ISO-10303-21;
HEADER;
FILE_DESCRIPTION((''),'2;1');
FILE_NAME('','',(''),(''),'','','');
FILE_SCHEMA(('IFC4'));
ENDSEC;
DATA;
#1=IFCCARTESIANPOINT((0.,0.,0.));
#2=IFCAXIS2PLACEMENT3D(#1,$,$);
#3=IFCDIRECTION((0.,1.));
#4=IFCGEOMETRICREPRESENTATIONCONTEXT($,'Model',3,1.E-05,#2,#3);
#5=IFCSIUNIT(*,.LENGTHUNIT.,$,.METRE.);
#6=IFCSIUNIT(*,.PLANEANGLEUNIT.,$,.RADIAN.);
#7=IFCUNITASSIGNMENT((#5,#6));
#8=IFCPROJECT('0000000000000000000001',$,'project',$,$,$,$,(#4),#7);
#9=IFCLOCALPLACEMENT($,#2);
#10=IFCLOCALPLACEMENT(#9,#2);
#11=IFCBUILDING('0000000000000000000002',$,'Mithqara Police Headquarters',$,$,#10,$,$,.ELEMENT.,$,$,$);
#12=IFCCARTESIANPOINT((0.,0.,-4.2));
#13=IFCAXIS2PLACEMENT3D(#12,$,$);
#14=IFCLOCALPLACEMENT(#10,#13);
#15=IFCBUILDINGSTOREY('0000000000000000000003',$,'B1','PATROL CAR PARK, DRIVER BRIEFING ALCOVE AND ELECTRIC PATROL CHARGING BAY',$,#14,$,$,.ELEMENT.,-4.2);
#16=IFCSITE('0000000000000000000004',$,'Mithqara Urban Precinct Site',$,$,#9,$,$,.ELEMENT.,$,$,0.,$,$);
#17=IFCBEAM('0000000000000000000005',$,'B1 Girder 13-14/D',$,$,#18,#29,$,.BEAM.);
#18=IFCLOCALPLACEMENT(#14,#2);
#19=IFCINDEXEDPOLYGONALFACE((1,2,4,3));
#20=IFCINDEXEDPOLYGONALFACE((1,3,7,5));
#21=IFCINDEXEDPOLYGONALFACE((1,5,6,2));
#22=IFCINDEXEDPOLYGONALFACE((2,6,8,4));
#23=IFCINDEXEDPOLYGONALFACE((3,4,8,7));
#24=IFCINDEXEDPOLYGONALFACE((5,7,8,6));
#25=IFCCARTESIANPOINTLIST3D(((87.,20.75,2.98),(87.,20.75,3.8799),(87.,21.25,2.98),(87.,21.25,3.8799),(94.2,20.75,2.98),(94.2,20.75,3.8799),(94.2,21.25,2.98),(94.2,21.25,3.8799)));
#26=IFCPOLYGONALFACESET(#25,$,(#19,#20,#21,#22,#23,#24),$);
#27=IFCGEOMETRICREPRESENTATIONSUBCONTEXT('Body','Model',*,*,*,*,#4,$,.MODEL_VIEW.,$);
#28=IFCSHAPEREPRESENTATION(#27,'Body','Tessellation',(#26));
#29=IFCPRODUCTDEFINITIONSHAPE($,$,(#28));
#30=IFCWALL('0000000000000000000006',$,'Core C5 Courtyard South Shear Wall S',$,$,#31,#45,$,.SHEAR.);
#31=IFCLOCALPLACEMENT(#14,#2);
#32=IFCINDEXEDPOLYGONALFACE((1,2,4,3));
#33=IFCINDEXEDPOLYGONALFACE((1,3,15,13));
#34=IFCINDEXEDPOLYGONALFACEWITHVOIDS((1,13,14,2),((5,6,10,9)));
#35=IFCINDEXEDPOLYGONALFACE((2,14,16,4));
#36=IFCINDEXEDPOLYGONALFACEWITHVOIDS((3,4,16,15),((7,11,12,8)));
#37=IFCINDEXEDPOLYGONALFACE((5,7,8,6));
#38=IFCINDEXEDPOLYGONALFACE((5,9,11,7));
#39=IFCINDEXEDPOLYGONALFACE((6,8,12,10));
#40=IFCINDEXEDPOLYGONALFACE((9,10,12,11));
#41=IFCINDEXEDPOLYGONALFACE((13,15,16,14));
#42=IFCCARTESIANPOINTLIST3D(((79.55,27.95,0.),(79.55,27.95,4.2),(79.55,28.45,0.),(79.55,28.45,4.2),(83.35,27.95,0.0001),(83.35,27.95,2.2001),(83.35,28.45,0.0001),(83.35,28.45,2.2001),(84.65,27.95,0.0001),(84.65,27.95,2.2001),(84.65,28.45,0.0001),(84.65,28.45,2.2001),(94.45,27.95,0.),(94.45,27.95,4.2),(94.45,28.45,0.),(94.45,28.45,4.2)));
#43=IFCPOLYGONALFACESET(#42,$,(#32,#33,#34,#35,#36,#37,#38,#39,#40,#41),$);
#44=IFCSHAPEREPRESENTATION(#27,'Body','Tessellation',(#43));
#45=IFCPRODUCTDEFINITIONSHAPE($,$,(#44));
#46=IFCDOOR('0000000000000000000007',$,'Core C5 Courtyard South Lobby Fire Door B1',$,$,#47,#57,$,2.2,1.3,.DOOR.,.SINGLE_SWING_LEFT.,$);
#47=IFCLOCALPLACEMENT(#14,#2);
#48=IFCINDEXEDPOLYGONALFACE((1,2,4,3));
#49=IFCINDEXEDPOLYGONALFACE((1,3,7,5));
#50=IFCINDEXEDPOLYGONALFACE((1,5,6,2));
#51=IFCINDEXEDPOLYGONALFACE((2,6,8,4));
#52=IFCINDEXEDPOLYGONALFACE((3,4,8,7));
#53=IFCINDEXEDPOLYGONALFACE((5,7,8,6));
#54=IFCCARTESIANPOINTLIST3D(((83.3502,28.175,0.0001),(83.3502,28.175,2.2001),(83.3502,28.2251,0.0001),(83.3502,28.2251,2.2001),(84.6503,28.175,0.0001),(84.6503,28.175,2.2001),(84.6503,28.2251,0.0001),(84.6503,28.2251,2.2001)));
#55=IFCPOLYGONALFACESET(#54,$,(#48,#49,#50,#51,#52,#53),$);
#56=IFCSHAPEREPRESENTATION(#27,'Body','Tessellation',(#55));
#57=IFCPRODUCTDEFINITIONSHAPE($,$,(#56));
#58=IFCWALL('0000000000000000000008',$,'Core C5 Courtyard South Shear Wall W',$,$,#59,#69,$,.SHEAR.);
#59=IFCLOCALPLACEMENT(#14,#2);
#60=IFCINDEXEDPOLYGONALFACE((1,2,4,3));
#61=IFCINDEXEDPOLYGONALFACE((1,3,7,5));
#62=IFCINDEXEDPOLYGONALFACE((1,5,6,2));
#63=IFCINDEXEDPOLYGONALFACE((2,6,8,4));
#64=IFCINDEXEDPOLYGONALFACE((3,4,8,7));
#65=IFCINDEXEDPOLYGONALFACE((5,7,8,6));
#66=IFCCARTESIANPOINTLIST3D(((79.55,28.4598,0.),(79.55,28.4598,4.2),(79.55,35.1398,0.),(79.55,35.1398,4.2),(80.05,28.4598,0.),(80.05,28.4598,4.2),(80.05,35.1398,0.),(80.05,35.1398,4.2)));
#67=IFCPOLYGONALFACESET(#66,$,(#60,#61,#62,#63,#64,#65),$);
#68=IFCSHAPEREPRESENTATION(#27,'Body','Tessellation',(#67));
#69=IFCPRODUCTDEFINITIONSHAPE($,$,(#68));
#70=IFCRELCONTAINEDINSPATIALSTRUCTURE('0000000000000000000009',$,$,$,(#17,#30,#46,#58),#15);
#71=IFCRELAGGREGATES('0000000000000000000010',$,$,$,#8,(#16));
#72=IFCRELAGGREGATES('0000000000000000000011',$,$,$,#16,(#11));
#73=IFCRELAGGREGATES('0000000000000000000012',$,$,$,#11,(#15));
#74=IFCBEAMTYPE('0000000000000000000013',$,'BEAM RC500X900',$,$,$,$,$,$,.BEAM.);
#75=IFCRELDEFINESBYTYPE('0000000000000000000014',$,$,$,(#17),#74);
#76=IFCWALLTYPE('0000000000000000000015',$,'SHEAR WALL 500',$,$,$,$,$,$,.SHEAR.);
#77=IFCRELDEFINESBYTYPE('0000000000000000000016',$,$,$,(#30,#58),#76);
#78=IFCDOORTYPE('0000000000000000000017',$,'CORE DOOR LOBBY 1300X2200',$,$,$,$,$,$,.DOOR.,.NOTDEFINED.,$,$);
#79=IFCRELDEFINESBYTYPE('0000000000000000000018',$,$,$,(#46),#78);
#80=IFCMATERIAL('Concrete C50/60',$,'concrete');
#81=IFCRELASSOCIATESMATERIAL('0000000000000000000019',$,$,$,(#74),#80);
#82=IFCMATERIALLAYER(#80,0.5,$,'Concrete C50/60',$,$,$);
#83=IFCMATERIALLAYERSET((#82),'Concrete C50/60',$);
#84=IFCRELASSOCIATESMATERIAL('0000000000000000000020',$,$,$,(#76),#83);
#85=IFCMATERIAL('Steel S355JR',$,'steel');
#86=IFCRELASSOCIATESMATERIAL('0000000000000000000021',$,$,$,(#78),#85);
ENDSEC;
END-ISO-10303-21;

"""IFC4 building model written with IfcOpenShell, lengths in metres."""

from ifc_helpers import new_model, si_unit, direction, frame, frame_2d, origin, origin_2d, place, context, subcontext, project, spatial, rectangle, extrude, material, layer, layer_set, material_profile, profile_set, type_object, element, fill, save


model = new_model("IFC4")

# Units and contexts
model_context = context("Model", 3, precision=1e-05, world=origin(), true_north=direction((0.0, 1.0)))
body_context = subcontext(model_context, "Body", "Model", "MODEL_VIEW")
ifc_project = project(units=[si_unit("LENGTHUNIT", "METRE"), si_unit("PLANEANGLEUNIT", "RADIAN")], contexts=[model_context])

# Site, building, storey
site_placement = place(None, origin())
site = spatial("IfcSite", under=ifc_project, at=site_placement, Name="Mithqara Urban Precinct Site", CompositionType="ELEMENT", RefElevation=0.0)
building_placement = place(site_placement, origin())
building = spatial("IfcBuilding", under=site, at=building_placement, Name="Mithqara Police Headquarters", CompositionType="ELEMENT")
storey_placement = place(building_placement, frame((0.0, 0.0, -4.2)))
storey = spatial("IfcBuildingStorey", under=building, at=storey_placement, Name="B1", Description="PATROL CAR PARK, DRIVER BRIEFING ALCOVE AND ELECTRIC PATROL CHARGING BAY", CompositionType="ELEMENT", Elevation=-4.2)

# Shared definitions
ifc_material_1 = material(Name="Concrete C50/60", Category="concrete")

# Beam
ifc_material_2 = material(Name="Steel S355JR", Category="steel")
ifc_material_profile_1 = material_profile(ifc_material_1, rectangle(XDim=0.5, YDim=0.8999, at=origin_2d()), Name="RC 500x900")
ifc_profile_set_1 = profile_set([ifc_material_profile_1], Name="Concrete C50/60")
beam_type_1 = type_object("IfcBeamType", Name="BEAM RC500X900", PredefinedType="BEAM", material=ifc_profile_set_1)
beam_1_placement = place(storey_placement, frame((87.0, 21.0, 3.4299), z_axis=(1.0, 0.0, 0.0), x_axis=(0.0, 1.0, 0.0)))
element("IfcBeam", 1, at=beam_1_placement, inside=storey, type_object=beam_type_1, Name="B1 Girder 13-14/D", PredefinedType="BEAM", context=body_context, shape_type="SweptSolid", body=[
    extrude(rectangle(XDim=0.5, YDim=0.8999, at=origin_2d()), origin(), (0.0, 0.0, 1.0), 7.2),
])

# Wall, opening, door
ifc_layer = layer(ifc_material_1, 0.5, Name="Concrete C50/60")
ifc_layer_set = layer_set([ifc_layer], Name="Concrete C50/60")
wall_type = type_object("IfcWallType", Name="SHEAR WALL 500", PredefinedType="SHEAR", material=ifc_layer_set)
wall_1_placement = place(storey_placement, frame((79.55, 28.2, 0.0), z_axis=(0.0, 0.0, 1.0), x_axis=(1.0, 0.0, 0.0)))
wall_1 = element("IfcWall", 2, at=wall_1_placement, inside=storey, type_object=wall_type, Name="Core C5 Courtyard South Shear Wall S", PredefinedType="SHEAR", context=body_context, shape_type="SweptSolid", body=[
    extrude(rectangle(XDim=14.8999, YDim=0.5, at=frame_2d((7.45, 0.0))), origin(), (0.0, 0.0, 1.0), 4.2),
])
opening_1_placement = place(wall_1_placement, frame((3.8, 0.0, 0.0)))
opening_1 = element("IfcOpeningElement", 3, at=opening_1_placement, cuts=wall_1, PredefinedType="OPENING", context=body_context, shape_type="SweptSolid", body=[
    extrude(rectangle(XDim=1.3, YDim=2.2, at=frame_2d((0.6499, 1.1001))), frame((0.0, 0.26, 0.0), z_axis=(0.0, -1.0, 0.0), x_axis=(1.0, 0.0, 0.0)), (0.0, 0.0, 1.0), 0.52),
])
door_type_1 = type_object("IfcDoorType", Name="CORE DOOR LOBBY 1300X2200", OperationType="NOTDEFINED", PredefinedType="DOOR", material=ifc_material_2)
door_1_placement = place(opening_1_placement, frame((1.3, 0.0, 0.0), z_axis=(0.0, 0.0, 1.0), x_axis=(-1.0, 0.0, 0.0)))
door_1 = element("IfcDoor", 4, at=door_1_placement, inside=storey, type_object=door_type_1, Name="Core C5 Courtyard South Lobby Fire Door B1", OperationType="SINGLE_SWING_LEFT", OverallHeight=2.2, OverallWidth=1.3, PredefinedType="DOOR", context=body_context, shape_type="SweptSolid", body=[
    extrude(rectangle(XDim=1.3, YDim=2.2, at=frame_2d((0.6499, 1.1001))), frame((0.0, 0.0249, 0.0), z_axis=(0.0, -1.0, 0.0), x_axis=(1.0, 0.0, 0.0)), (0.0, 0.0, 1.0), 0.05),
])
fill(opening_1, door_1)

# Wall
wall_2_placement = place(storey_placement, frame((79.8, 28.46, 0.0), z_axis=(0.0, 0.0, 1.0), x_axis=(0.0, 1.0, 0.0)))
element("IfcWall", 5, at=wall_2_placement, inside=storey, type_object=wall_type, Name="Core C5 Courtyard South Shear Wall W", PredefinedType="SHEAR", context=body_context, shape_type="SweptSolid", body=[
    extrude(rectangle(XDim=6.6799, YDim=0.5, at=frame_2d((3.3398, 0.0))), origin(), (0.0, 0.0, 1.0), 4.2),
])

save(model, "model.ifc")
